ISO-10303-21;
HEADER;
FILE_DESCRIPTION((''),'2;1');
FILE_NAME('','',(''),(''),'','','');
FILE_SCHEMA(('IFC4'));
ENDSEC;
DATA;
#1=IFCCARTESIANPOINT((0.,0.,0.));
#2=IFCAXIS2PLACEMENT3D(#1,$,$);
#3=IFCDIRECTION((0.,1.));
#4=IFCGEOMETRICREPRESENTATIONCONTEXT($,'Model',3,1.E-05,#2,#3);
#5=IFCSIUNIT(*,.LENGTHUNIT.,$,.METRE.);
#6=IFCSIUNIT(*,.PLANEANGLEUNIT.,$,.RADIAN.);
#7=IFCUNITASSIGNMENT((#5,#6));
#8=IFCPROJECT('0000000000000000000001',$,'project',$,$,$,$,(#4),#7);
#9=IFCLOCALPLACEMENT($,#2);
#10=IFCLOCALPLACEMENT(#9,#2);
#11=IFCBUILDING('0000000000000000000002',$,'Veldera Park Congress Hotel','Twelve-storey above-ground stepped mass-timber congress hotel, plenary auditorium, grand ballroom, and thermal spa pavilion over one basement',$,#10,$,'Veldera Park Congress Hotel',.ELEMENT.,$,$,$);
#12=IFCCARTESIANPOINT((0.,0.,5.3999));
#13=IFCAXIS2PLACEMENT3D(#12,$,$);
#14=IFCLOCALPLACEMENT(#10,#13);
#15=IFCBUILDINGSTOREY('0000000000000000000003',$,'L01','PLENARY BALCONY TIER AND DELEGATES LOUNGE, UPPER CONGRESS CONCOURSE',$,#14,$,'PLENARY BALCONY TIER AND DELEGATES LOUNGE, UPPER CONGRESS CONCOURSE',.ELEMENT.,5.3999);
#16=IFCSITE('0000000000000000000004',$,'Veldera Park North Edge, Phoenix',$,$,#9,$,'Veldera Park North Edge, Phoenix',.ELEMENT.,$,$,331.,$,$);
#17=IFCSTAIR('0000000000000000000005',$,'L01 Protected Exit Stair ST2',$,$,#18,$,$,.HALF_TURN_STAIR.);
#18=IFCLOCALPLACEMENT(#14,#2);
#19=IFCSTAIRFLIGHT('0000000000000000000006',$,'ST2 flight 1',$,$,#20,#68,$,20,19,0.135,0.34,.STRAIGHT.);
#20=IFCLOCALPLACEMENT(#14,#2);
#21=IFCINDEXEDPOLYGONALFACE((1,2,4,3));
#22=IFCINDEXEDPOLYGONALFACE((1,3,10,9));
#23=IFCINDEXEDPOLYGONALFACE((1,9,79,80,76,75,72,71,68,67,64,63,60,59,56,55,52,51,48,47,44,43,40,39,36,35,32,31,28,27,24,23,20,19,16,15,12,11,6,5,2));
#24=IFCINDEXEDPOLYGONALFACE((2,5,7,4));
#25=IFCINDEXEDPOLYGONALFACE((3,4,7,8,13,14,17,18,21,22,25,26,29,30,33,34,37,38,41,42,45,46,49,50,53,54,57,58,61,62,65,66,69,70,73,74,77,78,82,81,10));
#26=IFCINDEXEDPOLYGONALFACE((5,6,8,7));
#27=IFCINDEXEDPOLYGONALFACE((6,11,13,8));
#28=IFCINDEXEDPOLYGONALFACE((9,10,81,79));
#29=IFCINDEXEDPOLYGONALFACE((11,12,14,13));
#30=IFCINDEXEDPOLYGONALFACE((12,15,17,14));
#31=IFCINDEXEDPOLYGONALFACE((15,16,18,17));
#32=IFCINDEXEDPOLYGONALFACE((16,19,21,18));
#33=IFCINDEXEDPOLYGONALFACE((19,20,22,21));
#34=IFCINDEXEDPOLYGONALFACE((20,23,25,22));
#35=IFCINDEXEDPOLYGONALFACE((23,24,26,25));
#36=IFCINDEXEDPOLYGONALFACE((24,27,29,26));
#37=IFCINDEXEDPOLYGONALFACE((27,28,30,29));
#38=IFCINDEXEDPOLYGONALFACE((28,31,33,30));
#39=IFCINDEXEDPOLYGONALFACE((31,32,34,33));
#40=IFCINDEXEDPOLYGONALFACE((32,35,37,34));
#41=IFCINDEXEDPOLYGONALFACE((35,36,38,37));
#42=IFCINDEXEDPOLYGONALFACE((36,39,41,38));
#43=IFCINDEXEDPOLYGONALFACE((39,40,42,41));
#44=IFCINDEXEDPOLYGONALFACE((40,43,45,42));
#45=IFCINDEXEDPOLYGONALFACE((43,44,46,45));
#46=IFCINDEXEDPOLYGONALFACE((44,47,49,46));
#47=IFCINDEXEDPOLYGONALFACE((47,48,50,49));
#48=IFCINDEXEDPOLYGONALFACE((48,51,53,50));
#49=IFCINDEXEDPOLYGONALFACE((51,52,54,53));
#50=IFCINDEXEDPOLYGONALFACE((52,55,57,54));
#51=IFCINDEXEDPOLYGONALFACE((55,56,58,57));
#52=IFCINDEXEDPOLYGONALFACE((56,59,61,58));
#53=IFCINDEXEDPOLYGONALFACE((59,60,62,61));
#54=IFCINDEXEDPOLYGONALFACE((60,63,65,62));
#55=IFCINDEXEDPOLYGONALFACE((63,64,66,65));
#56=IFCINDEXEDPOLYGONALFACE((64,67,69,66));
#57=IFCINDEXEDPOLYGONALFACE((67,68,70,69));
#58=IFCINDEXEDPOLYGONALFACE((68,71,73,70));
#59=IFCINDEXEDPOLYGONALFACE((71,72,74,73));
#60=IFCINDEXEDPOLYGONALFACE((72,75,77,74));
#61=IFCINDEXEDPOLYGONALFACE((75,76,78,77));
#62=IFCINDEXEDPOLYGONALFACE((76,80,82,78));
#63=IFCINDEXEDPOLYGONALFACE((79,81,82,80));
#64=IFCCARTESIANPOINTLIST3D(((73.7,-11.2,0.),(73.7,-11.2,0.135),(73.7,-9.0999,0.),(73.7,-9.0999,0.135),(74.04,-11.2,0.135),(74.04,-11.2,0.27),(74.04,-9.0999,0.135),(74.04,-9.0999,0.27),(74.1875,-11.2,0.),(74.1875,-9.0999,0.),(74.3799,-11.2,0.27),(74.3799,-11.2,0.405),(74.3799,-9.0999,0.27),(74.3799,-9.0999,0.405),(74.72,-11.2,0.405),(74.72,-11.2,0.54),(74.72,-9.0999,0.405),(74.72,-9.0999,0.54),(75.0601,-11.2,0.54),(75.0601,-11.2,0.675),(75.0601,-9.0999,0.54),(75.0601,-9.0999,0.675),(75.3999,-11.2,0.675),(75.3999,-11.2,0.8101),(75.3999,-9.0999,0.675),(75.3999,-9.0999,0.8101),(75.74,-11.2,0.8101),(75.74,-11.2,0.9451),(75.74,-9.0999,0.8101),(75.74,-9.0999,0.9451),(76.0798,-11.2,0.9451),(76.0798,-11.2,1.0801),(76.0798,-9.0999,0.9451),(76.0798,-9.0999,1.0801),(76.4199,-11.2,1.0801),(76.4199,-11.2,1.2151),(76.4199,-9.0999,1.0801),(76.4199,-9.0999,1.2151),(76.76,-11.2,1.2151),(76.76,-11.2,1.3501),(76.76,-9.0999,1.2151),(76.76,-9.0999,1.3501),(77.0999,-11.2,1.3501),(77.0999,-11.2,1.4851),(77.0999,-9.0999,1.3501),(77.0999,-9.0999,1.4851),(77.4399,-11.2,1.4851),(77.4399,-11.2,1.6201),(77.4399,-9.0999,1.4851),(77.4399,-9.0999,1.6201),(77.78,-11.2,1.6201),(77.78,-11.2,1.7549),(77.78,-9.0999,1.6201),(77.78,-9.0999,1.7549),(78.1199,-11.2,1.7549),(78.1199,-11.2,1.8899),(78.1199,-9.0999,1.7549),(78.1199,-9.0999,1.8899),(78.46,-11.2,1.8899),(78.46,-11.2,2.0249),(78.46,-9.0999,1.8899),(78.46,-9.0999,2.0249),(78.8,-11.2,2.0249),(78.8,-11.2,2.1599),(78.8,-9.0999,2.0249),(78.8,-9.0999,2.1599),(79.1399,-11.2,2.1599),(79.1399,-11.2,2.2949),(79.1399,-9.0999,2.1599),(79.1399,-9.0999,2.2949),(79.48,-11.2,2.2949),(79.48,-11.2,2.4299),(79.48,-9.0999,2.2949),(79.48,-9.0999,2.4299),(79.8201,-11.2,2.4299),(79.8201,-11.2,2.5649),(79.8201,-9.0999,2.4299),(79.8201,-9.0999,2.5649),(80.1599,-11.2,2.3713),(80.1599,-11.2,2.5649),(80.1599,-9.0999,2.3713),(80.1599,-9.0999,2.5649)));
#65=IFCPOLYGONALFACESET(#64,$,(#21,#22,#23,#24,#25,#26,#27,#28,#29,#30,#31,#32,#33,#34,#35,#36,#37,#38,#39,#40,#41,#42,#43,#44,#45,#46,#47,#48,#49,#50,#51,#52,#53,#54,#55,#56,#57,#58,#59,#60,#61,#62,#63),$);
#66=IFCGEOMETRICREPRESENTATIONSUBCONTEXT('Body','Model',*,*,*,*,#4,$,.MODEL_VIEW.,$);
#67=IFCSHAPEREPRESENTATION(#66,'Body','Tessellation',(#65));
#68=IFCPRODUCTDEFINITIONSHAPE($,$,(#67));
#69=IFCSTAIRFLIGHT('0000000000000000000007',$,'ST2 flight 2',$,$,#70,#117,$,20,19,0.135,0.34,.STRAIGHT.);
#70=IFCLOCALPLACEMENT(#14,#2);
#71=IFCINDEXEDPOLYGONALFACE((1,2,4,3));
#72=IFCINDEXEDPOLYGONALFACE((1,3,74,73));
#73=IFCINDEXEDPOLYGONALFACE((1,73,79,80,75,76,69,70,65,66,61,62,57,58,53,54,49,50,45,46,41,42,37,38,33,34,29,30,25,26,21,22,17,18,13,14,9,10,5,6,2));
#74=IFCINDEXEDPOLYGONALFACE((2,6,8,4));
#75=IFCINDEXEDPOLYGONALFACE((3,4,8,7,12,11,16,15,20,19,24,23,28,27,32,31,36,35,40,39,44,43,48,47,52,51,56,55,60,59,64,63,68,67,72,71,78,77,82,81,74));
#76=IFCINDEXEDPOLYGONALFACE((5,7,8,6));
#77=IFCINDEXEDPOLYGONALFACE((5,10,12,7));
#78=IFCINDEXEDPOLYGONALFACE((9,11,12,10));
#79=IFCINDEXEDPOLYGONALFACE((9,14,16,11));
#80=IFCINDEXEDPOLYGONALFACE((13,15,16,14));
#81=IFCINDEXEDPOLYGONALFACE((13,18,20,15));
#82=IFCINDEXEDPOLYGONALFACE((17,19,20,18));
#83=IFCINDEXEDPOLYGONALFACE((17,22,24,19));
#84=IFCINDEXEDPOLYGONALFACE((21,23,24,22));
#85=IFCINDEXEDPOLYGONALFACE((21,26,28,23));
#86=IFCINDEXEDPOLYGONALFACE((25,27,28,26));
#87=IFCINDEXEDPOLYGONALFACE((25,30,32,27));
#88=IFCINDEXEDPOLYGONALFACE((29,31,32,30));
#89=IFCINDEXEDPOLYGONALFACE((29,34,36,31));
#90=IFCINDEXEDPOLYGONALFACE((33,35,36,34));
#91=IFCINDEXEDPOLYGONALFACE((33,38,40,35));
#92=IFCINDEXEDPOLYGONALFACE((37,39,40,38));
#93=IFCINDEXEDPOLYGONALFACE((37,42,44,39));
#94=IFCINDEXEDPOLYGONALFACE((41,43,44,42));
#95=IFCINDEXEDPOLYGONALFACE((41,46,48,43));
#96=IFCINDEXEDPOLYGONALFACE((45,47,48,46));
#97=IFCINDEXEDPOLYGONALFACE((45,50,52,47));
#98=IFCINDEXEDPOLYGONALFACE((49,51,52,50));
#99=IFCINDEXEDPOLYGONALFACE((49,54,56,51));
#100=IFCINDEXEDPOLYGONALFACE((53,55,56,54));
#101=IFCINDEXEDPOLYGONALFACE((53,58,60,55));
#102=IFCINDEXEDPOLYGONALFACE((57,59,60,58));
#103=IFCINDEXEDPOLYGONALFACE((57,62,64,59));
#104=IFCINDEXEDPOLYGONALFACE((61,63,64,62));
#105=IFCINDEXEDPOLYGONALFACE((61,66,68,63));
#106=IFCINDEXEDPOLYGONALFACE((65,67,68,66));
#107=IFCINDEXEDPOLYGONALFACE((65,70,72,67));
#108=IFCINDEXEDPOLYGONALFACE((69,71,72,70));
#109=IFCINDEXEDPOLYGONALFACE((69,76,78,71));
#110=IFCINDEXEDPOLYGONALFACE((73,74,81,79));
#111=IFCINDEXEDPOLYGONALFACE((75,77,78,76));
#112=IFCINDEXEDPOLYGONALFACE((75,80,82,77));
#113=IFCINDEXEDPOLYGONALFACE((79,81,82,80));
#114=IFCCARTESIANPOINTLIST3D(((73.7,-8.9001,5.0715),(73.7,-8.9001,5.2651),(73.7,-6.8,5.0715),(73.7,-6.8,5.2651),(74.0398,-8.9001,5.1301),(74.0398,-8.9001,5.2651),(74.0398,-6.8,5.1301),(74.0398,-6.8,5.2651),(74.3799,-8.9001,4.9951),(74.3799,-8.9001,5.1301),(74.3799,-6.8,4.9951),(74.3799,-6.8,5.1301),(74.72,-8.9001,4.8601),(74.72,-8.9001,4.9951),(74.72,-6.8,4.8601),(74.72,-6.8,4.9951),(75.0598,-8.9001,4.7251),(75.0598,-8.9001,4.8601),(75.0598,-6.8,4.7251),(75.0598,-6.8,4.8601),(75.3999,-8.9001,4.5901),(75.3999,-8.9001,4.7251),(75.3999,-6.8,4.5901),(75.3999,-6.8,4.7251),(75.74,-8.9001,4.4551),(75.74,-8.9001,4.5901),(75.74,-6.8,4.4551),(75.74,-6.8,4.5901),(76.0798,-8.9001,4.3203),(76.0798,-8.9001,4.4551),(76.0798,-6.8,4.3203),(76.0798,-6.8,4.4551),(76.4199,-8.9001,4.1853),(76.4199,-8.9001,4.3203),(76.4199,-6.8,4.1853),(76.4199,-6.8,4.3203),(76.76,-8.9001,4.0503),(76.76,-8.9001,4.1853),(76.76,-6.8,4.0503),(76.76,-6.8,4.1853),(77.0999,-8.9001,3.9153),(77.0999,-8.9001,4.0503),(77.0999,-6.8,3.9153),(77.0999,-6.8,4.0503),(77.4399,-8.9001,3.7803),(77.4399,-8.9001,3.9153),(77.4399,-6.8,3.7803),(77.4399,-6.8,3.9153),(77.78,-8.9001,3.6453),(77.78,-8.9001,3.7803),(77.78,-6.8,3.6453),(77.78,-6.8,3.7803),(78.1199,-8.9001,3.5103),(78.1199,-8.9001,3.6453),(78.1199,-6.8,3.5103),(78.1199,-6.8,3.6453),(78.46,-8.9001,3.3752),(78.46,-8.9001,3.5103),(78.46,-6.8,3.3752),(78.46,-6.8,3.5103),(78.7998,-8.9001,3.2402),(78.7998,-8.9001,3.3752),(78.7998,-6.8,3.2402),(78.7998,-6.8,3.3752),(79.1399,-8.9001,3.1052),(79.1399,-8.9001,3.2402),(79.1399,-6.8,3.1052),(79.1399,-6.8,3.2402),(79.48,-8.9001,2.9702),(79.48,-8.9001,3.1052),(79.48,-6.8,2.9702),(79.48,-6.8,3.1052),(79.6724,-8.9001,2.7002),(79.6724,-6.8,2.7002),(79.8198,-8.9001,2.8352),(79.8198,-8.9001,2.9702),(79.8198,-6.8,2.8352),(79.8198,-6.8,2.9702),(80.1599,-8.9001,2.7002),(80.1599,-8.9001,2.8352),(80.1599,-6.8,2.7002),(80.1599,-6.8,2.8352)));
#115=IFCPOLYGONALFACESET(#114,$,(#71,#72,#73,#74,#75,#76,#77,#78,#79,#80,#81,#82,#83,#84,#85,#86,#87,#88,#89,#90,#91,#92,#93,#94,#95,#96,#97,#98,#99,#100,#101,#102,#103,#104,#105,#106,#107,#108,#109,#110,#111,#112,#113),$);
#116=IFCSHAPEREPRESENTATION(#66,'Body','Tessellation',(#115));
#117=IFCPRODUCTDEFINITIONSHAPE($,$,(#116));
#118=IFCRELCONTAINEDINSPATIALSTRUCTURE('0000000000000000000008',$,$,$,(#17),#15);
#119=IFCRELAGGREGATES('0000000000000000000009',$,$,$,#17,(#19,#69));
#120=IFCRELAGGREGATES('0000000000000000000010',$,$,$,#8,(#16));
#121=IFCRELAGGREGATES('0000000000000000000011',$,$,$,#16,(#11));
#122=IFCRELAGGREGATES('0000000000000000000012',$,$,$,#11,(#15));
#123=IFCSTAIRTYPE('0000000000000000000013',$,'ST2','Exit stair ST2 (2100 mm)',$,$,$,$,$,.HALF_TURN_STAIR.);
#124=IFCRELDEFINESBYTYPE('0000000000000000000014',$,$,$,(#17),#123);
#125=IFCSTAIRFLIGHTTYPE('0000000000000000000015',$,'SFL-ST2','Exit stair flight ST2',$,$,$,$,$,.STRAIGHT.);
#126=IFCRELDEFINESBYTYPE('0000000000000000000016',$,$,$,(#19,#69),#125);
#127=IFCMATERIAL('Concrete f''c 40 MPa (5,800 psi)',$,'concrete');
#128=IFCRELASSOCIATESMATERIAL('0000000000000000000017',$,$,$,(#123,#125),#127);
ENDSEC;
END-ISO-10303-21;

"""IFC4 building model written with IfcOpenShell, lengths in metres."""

from ifc_helpers import new_model, si_unit, direction, frame, origin, place, context, subcontext, project, spatial, polyline, outline, extrude, material, type_object, element, aggregate, save


model = new_model("IFC4")

# Units and contexts
model_context = context("Model", 3, precision=1e-05, world=origin(), true_north=direction((0.0, 1.0)))
body_context = subcontext(model_context, "Body", "Model", "MODEL_VIEW")
ifc_project = project(units=[si_unit("LENGTHUNIT", "METRE"), si_unit("PLANEANGLEUNIT", "RADIAN")], contexts=[model_context])

# Site, building, storey
site_placement = place(None, origin())
site = spatial("IfcSite", under=ifc_project, at=site_placement, Name="Veldera Park North Edge, Phoenix", LongName="Veldera Park North Edge, Phoenix", CompositionType="ELEMENT", RefElevation=331.0)
building_placement = place(site_placement, origin())
building = spatial("IfcBuilding", under=site, at=building_placement, Name="Veldera Park Congress Hotel", Description="Twelve-storey above-ground stepped mass-timber congress hotel, plenary auditorium, grand ballroom, and thermal spa pavilion over one basement", LongName="Veldera Park Congress Hotel", CompositionType="ELEMENT")
storey_placement = place(building_placement, frame((0.0, 0.0, 5.3999)))
storey = spatial("IfcBuildingStorey", under=building, at=storey_placement, Name="L01", Description="PLENARY BALCONY TIER AND DELEGATES LOUNGE, UPPER CONGRESS CONCOURSE", LongName="PLENARY BALCONY TIER AND DELEGATES LOUNGE, UPPER CONGRESS CONCOURSE", CompositionType="ELEMENT", Elevation=5.3999)

# Shared definitions
ifc_material_1 = material(Name="Concrete f'c 40 MPa (5,800 psi)", Category="concrete")

# Stair, stair flights
stair_type = type_object("IfcStairType", Name="ST2", Description="Exit stair ST2 (2100 mm)", PredefinedType="HALF_TURN_STAIR", material=ifc_material_1)
stair_placement = place(storey_placement, origin())
stair = element("IfcStair", 1, at=stair_placement, inside=storey, type_object=stair_type, Name="L01 Protected Exit Stair ST2", PredefinedType="HALF_TURN_STAIR")
stair_flight_type = type_object("IfcStairFlightType", Name="SFL-ST2", Description="Exit stair flight ST2", PredefinedType="STRAIGHT", material=ifc_material_1)
stair_flight_1_placement = place(storey_placement, frame((73.7, -10.1499, 0.0), z_axis=(0.0, 0.0, 1.0), x_axis=(1.0, 0.0, 0.0)))
stair_flight_1 = element("IfcStairFlight", 2, at=stair_flight_1_placement, type_object=stair_flight_type, Name="ST2 flight 1", NumberOfRisers=20, NumberOfTreads=19, PredefinedType="STRAIGHT", RiserHeight=0.135, TreadLength=0.34, context=body_context, shape_type="SweptSolid", body=[
    extrude(outline(polyline([(0.0, 0.0), (0.0, 0.135), (0.3401, 0.135), (0.3401, 0.27), (0.6799, 0.27), (0.6799, 0.405), (1.02, 0.405), (1.02, 0.54), (1.3601, 0.54), (1.3601, 0.675), (1.7, 0.675), (1.7, 0.8101), (2.04, 0.8101), (2.04, 0.9451), (2.3799, 0.9451), (2.3799, 1.0801), (2.72, 1.0801), (2.72, 1.2151), (3.0601, 1.2151), (3.0601, 1.3501), (3.3999, 1.3501), (3.3999, 1.4851), (3.74, 1.4851), (3.74, 1.6201), (4.0801, 1.6201), (4.0801, 1.7549), (4.4199, 1.7549), (4.4199, 1.8899), (4.76, 1.8899), (4.76, 2.0249), (5.1001, 2.0249), (5.1001, 2.1599), (5.4399, 2.1599), (5.4399, 2.2949), (5.78, 2.2949), (5.78, 2.4299), (6.1201, 2.4299), (6.1201, 2.5649), (6.46, 2.5649), (6.46, 2.7), (6.46, 2.7), (6.46, 2.3713), (0.4875, 0.0), (0.0, 0.0)])), frame((0.0, 1.05, 0.0), z_axis=(0.0, -1.0, 0.0), x_axis=(1.0, 0.0, 0.0)), (0.0, 0.0, 1.0), 2.1001),
])
stair_flight_2_placement = place(storey_placement, frame((80.1599, -7.8501, 2.7002), z_axis=(0.0, 0.0, 1.0), x_axis=(-1.0, 0.0, 0.0)))
stair_flight_2 = element("IfcStairFlight", 3, at=stair_flight_2_placement, type_object=stair_flight_type, Name="ST2 flight 2", NumberOfRisers=20, NumberOfTreads=19, PredefinedType="STRAIGHT", RiserHeight=0.135, TreadLength=0.34, context=body_context, shape_type="SweptSolid", body=[
    extrude(outline(polyline([(0.0, 0.0), (0.0, 0.135), (0.3401, 0.135), (0.3401, 0.27), (0.6799, 0.27), (0.6799, 0.405), (1.02, 0.405), (1.02, 0.54), (1.3601, 0.54), (1.3601, 0.675), (1.7, 0.675), (1.7, 0.8101), (2.04, 0.8101), (2.04, 0.9451), (2.3799, 0.9451), (2.3799, 1.0801), (2.72, 1.0801), (2.72, 1.2151), (3.0601, 1.2151), (3.0601, 1.3501), (3.3999, 1.3501), (3.3999, 1.4851), (3.74, 1.4851), (3.74, 1.6201), (4.0801, 1.6201), (4.0801, 1.7549), (4.4199, 1.7549), (4.4199, 1.8899), (4.76, 1.8899), (4.76, 2.0249), (5.1001, 2.0249), (5.1001, 2.1599), (5.4399, 2.1599), (5.4399, 2.2949), (5.78, 2.2949), (5.78, 2.4299), (6.1201, 2.4299), (6.1201, 2.5649), (6.46, 2.5649), (6.46, 2.7), (6.46, 2.7), (6.46, 2.3713), (0.4875, 0.0), (0.0, 0.0)])), frame((0.0, 1.05, 0.0), z_axis=(0.0, -1.0, 0.0), x_axis=(1.0, 0.0, 0.0)), (0.0, 0.0, 1.0), 2.1001),
])
aggregate(stair, [stair_flight_1, stair_flight_2])

save(model, "model.ifc")
